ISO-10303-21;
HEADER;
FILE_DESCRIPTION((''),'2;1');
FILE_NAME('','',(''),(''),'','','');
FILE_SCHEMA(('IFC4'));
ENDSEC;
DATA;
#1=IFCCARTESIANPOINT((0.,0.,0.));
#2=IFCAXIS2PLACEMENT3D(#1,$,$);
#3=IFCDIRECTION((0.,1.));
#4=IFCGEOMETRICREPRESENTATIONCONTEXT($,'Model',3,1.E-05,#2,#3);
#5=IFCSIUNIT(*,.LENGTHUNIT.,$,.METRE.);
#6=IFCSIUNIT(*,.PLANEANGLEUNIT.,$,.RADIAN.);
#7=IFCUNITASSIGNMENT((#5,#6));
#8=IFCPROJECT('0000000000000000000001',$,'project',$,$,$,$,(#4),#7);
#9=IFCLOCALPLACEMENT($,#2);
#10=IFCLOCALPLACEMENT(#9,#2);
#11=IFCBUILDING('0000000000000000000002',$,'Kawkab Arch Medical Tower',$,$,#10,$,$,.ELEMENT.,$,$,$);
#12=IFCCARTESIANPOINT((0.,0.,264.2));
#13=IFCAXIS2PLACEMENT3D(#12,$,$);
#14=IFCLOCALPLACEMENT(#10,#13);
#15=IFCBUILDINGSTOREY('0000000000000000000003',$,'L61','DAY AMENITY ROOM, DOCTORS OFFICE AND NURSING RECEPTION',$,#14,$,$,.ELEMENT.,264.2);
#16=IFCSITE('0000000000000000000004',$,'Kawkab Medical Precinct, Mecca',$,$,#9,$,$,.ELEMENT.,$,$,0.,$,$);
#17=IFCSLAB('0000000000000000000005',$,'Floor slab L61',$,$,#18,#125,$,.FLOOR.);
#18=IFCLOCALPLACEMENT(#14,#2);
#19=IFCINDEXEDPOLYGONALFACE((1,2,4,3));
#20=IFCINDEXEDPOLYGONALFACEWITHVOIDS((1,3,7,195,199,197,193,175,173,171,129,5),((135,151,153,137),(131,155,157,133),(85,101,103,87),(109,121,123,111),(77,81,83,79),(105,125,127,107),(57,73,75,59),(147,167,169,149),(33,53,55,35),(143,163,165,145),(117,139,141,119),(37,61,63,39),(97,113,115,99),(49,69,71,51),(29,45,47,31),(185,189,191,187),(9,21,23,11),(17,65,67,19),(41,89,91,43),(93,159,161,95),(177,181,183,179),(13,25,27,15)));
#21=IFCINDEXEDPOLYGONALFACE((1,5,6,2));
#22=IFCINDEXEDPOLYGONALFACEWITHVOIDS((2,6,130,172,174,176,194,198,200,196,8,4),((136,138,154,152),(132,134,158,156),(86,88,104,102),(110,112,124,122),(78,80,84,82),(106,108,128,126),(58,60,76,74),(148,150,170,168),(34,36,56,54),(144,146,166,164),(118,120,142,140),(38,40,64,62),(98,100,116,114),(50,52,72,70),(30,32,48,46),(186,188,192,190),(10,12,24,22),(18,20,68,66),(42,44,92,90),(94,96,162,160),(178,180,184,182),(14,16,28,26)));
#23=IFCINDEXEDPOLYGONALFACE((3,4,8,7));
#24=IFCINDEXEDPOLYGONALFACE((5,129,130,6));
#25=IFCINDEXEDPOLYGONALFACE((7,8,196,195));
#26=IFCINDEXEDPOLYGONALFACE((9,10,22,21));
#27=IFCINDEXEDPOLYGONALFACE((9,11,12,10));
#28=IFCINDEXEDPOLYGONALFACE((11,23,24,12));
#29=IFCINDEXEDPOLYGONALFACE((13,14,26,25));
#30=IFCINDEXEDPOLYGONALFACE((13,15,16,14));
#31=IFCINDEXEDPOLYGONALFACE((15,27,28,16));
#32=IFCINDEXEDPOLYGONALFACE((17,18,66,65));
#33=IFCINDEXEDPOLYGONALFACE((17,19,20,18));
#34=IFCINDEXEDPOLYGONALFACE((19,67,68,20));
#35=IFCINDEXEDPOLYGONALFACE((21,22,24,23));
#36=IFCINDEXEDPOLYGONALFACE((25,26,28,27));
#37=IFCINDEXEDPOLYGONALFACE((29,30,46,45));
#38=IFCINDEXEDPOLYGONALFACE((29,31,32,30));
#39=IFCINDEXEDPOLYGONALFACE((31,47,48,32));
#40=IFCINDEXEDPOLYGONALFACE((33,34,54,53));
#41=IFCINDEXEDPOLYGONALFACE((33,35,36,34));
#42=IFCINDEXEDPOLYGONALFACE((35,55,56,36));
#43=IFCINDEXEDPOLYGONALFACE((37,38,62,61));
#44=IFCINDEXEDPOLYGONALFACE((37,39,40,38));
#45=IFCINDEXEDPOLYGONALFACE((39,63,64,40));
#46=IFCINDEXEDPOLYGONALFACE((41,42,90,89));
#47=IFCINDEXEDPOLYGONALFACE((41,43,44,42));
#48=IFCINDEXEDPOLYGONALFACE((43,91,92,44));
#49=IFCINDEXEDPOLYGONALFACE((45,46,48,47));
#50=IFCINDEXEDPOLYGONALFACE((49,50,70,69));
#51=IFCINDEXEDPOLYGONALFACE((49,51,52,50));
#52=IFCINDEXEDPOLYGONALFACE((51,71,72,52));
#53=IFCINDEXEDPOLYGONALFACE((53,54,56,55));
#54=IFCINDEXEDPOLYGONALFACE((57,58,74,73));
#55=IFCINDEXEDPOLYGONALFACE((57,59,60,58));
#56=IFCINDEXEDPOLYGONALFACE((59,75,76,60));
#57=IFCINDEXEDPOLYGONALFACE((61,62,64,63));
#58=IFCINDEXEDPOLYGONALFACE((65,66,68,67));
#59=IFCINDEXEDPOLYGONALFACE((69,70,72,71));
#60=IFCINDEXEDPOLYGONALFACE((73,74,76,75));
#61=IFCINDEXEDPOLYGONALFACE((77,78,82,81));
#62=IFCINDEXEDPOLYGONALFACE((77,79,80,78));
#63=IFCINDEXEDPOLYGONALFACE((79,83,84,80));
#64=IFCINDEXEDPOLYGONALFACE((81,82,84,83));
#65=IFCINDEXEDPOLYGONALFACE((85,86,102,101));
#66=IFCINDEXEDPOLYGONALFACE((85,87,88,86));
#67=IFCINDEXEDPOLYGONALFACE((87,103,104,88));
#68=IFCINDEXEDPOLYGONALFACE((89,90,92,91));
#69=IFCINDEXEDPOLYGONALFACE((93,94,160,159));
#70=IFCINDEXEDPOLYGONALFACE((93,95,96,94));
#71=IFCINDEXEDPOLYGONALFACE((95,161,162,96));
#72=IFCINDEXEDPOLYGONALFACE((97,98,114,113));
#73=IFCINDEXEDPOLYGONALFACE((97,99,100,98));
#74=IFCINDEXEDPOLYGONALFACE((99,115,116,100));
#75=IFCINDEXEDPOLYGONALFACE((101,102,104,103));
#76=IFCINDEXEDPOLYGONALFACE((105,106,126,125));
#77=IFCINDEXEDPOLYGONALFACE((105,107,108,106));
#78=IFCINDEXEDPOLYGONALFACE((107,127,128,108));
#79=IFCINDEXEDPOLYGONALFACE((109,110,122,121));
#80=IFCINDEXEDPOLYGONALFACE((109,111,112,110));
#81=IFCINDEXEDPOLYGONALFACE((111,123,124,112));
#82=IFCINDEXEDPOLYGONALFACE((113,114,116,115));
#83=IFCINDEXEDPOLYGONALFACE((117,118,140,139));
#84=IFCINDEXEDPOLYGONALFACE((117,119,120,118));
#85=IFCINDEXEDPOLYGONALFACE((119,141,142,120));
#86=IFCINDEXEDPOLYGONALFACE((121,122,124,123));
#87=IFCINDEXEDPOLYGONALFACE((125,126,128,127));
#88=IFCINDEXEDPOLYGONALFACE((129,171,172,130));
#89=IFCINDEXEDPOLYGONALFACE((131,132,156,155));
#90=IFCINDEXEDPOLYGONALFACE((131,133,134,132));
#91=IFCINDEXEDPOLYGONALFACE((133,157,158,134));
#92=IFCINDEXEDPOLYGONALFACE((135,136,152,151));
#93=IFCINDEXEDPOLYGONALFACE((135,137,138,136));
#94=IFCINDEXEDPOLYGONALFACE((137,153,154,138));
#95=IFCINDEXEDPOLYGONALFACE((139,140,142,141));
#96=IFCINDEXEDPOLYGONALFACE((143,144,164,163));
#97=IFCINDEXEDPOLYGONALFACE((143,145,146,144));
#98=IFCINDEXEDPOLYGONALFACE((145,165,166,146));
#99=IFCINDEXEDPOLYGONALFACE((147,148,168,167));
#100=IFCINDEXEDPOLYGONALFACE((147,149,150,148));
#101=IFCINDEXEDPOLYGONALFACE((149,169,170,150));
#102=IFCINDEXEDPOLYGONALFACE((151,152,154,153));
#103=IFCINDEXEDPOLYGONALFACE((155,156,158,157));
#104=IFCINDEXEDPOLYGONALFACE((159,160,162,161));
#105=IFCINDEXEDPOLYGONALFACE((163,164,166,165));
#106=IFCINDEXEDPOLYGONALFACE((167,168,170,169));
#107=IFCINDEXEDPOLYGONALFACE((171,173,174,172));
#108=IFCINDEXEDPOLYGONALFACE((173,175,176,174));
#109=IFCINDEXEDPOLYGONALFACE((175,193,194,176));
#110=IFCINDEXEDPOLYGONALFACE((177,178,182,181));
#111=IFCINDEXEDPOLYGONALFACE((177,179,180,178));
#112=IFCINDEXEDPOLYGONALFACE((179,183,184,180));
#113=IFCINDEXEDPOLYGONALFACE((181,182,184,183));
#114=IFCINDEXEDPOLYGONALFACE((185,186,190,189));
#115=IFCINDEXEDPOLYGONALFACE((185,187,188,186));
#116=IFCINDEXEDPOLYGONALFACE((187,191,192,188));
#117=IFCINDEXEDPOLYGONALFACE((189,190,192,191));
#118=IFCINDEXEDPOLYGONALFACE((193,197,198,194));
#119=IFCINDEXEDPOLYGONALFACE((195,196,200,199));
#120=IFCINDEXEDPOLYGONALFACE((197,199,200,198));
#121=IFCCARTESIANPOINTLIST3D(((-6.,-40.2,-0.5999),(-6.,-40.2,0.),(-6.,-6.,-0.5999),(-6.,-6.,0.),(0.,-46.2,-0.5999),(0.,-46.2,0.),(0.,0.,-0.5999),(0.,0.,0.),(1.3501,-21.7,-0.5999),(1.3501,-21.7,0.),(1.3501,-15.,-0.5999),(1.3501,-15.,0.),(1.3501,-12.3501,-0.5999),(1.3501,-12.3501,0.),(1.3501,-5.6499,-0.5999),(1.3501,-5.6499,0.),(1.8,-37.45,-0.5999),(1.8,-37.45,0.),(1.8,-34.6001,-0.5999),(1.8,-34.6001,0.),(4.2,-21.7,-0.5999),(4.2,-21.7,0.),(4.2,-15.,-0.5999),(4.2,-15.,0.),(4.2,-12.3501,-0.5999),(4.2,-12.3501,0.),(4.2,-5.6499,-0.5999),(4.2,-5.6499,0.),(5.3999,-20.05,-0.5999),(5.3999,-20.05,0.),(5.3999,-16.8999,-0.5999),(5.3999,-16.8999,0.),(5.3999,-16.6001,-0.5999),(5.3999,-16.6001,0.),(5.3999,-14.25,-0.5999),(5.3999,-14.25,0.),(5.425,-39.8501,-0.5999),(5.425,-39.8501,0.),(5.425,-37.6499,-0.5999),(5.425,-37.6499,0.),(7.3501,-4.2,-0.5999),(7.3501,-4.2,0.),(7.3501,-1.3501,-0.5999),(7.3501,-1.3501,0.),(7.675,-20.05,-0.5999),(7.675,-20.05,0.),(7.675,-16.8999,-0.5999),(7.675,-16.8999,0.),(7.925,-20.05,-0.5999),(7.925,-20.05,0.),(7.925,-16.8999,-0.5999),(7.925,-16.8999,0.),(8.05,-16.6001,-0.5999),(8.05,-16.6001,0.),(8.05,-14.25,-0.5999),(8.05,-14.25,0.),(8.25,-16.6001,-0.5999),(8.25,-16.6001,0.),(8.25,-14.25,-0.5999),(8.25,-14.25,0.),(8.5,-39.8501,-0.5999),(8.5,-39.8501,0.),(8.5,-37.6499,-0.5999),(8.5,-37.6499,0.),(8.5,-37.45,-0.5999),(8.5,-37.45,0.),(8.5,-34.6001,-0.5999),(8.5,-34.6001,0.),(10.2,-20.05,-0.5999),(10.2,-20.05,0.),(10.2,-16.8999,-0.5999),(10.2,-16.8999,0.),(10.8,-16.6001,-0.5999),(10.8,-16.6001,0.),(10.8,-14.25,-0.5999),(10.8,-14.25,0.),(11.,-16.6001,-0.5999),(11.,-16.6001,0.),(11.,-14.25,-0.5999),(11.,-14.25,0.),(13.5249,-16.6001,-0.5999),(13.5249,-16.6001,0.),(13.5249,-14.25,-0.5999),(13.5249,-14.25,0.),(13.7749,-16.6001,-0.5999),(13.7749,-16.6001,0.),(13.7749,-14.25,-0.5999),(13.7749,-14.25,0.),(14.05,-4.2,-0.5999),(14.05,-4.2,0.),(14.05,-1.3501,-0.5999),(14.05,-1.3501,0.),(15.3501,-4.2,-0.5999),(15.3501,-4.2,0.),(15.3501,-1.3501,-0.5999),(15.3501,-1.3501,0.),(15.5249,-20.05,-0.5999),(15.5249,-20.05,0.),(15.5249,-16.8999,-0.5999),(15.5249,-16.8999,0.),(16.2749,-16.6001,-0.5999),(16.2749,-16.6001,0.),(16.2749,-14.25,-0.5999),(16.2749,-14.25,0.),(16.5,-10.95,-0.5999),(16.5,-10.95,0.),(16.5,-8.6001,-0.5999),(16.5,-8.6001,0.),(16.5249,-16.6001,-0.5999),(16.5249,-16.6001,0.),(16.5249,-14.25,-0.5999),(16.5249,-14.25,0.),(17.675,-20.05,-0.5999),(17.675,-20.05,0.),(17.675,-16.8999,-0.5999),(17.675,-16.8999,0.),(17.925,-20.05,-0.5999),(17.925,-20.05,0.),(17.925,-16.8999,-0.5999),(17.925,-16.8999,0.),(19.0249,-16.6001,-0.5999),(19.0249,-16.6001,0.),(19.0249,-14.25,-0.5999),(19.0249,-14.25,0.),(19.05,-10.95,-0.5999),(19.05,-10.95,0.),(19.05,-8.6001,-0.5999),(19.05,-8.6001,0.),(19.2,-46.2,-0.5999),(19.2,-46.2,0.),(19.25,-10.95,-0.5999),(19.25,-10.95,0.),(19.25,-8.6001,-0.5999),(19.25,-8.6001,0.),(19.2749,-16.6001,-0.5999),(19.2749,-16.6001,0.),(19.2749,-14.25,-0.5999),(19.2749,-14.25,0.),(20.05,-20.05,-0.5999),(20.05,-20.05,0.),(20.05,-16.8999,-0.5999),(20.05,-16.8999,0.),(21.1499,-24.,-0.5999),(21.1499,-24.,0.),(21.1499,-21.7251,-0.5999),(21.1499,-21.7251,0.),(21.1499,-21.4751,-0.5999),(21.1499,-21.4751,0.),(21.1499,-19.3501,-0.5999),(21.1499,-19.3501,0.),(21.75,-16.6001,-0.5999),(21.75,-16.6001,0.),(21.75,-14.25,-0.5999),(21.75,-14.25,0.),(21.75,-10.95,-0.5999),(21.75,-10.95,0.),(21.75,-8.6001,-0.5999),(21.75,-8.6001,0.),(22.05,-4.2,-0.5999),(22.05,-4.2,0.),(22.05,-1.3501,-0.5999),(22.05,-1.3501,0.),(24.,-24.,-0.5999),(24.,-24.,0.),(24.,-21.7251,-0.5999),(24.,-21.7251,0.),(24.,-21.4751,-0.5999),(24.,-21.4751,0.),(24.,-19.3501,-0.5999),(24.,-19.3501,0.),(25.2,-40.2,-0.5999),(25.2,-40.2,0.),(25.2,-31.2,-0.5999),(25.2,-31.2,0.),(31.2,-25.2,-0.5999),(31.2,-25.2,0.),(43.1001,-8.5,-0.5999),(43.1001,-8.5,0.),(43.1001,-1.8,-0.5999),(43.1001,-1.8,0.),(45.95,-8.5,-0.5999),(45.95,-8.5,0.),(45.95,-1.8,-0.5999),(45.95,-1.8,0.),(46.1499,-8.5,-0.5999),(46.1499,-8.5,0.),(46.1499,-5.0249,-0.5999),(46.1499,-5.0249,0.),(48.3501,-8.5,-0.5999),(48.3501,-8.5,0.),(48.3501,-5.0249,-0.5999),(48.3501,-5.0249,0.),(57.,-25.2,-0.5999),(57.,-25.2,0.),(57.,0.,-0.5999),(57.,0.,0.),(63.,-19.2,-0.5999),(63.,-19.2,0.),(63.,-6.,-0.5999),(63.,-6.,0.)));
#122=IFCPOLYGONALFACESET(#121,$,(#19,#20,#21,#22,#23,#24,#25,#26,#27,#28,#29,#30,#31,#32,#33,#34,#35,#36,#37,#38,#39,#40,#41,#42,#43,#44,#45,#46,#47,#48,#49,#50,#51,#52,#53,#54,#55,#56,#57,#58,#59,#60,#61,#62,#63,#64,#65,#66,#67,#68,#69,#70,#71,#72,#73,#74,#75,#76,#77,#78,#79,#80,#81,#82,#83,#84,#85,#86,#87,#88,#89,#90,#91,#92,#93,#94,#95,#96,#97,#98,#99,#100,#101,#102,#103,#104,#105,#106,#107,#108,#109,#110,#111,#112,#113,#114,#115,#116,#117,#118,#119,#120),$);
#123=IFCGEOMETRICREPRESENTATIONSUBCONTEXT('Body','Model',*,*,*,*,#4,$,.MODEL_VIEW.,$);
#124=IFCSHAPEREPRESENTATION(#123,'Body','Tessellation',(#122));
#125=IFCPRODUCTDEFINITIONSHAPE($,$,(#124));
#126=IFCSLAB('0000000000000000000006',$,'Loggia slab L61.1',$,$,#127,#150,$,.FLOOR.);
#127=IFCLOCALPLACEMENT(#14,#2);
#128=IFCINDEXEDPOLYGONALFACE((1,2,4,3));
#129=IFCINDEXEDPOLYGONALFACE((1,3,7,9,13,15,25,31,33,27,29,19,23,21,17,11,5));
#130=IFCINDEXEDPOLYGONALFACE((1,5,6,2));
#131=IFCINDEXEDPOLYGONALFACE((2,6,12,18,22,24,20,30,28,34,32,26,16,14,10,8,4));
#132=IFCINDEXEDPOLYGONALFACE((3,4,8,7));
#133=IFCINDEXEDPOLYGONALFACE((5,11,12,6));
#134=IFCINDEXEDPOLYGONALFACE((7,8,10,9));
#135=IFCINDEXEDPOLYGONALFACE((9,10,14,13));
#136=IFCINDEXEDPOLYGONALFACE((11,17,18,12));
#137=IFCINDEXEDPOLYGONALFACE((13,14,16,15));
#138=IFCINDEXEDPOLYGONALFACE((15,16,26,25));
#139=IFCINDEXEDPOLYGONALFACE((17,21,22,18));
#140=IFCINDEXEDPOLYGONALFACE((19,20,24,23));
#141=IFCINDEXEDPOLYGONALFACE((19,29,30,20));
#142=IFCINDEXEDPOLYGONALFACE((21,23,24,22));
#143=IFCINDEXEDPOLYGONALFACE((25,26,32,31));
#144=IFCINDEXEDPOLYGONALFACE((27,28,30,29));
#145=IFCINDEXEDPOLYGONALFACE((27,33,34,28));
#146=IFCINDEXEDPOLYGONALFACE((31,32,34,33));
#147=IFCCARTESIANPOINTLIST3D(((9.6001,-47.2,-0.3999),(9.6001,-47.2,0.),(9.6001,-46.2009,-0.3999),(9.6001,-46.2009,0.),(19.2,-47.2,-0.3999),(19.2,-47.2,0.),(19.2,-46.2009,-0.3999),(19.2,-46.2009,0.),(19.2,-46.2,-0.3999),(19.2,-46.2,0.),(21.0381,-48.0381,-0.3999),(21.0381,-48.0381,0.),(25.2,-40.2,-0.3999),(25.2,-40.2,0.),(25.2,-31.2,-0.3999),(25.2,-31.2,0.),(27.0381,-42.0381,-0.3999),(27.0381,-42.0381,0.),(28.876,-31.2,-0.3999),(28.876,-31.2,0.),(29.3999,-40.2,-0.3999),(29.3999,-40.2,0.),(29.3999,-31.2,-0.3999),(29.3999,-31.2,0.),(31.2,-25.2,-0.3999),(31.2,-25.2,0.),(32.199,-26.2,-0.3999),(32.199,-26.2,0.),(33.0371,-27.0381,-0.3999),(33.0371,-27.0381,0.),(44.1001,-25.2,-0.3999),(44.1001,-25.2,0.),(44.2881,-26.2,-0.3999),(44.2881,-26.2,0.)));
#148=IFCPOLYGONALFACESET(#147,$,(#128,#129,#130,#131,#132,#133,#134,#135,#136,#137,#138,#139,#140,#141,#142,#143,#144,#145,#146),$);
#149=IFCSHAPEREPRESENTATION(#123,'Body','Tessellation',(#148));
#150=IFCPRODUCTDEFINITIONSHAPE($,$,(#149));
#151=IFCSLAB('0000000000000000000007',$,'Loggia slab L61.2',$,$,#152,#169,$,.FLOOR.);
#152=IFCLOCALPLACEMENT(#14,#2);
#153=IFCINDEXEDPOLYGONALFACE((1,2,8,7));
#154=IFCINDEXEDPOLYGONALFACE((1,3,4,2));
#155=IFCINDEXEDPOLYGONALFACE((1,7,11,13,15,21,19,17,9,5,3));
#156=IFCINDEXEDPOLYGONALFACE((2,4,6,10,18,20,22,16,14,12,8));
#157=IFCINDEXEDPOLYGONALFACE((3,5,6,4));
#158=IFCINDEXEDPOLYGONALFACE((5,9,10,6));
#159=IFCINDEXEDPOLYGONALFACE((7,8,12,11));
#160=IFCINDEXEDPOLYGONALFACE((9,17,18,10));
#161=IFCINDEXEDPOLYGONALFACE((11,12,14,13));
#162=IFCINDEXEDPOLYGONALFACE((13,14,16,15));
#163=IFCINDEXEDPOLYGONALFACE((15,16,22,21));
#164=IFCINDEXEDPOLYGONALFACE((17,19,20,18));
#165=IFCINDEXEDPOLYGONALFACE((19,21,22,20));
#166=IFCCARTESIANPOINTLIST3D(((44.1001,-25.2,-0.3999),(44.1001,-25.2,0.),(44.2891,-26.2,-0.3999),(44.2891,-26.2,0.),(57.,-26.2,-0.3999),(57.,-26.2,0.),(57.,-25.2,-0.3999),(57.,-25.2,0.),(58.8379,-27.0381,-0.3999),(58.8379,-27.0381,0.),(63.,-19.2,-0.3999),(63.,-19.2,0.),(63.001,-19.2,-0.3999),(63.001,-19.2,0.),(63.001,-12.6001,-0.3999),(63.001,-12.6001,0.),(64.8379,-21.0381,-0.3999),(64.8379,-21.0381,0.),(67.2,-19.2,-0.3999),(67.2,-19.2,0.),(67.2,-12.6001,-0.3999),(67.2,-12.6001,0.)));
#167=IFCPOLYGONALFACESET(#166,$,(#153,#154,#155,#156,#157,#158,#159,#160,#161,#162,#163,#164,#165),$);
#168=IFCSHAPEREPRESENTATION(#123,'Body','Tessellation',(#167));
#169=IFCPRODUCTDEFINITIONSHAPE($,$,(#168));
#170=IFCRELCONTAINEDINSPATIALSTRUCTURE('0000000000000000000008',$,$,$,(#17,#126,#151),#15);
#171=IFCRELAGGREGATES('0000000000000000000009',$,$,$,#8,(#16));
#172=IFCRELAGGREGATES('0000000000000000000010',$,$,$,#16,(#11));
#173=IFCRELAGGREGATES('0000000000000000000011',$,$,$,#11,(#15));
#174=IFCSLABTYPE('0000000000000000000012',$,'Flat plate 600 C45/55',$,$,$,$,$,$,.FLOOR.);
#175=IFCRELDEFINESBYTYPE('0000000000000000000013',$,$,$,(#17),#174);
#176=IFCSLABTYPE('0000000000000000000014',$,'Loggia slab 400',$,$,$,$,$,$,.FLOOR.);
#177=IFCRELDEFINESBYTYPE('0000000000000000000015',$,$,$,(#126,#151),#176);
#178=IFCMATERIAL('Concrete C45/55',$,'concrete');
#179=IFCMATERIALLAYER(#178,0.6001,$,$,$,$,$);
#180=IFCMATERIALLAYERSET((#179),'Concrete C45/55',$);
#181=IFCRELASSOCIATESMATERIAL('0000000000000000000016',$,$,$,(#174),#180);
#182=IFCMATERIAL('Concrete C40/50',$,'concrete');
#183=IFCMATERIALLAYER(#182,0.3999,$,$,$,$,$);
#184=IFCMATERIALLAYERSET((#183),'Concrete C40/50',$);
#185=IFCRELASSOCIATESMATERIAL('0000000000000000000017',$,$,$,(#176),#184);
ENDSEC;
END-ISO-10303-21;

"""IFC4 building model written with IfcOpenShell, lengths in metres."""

from ifc_helpers import new_model, si_unit, direction, frame, origin, place, context, subcontext, project, spatial, polyline, outline, extrude, material, layer, layer_set, type_object, element, save


model = new_model("IFC4")

# Units and contexts
model_context = context("Model", 3, precision=1e-05, world=origin(), true_north=direction((0.0, 1.0)))
body_context = subcontext(model_context, "Body", "Model", "MODEL_VIEW")
ifc_project = project(units=[si_unit("LENGTHUNIT", "METRE"), si_unit("PLANEANGLEUNIT", "RADIAN")], contexts=[model_context])

# Site, building, storey
site_placement = place(None, origin())
site = spatial("IfcSite", under=ifc_project, at=site_placement, Name="Kawkab Medical Precinct, Mecca", CompositionType="ELEMENT", RefElevation=0.0)
building_placement = place(site_placement, origin())
building = spatial("IfcBuilding", under=site, at=building_placement, Name="Kawkab Arch Medical Tower", CompositionType="ELEMENT")
storey_placement = place(building_placement, frame((0.0, 0.0, 264.2)))
storey = spatial("IfcBuildingStorey", under=building, at=storey_placement, Name="L61", Description="DAY AMENITY ROOM, DOCTORS OFFICE AND NURSING RECEPTION", CompositionType="ELEMENT", Elevation=264.2)

# Slabs
ifc_material_1 = material(Name="Concrete C45/55", Category="concrete")
ifc_layer_1 = layer(ifc_material_1, 0.6001)
ifc_layer_set_1 = layer_set([ifc_layer_1], Name="Concrete C45/55")
slab_type_1 = type_object("IfcSlabType", Name="Flat plate 600 C45/55", PredefinedType="FLOOR", material=ifc_layer_set_1)
slab_1_placement = place(storey_placement, frame((0.0, 0.0, -0.5999)))
element("IfcSlab", 1, at=slab_1_placement, inside=storey, type_object=slab_type_1, Name="Floor slab L61", PredefinedType="FLOOR", context=body_context, shape_type="SweptSolid", body=[
    extrude(outline(polyline([(0.0, 0.0), (57.0, 0.0), (63.0, -6.0), (63.0, -19.2), (57.0, -25.2), (31.2, -25.2), (25.2, -31.2), (25.2, -40.2), (19.2, -46.2), (0.0, -46.2), (-6.0, -40.2), (-6.0, -6.0), (0.0, 0.0)]), holes=[polyline([(5.425, -37.6499), (5.425, -39.8501), (8.5, -39.8501), (8.5, -37.6499), (5.425, -37.6499)]), polyline([(8.5, -37.45), (8.5, -34.6001), (1.8, -34.6001), (1.8, -37.45), (8.5, -37.45)]), polyline([(5.3999, -20.05), (7.675, -20.05), (7.675, -16.8999), (5.3999, -16.8999), (5.3999, -20.05)]), polyline([(10.2, -20.05), (10.2, -16.8999), (7.925, -16.8999), (7.925, -20.05), (10.2, -20.05)]), polyline([(4.2, -21.7), (4.2, -15.0), (1.3501, -15.0), (1.3501, -21.7), (4.2, -21.7)]), polyline([(5.3999, -16.6001), (8.05, -16.6001), (8.05, -14.25), (5.3999, -14.25), (5.3999, -16.6001)]), polyline([(8.25, -16.6001), (10.8, -16.6001), (10.8, -14.25), (8.25, -14.25), (8.25, -16.6001)]), polyline([(11.0, -14.25), (11.0, -16.6001), (13.5249, -16.6001), (13.5249, -14.25), (11.0, -14.25)]), polyline([(13.7749, -16.6001), (16.2749, -16.6001), (16.2749, -14.25), (13.7749, -14.25), (13.7749, -16.6001)]), polyline([(4.2, -12.3501), (4.2, -5.6499), (1.3501, -5.6499), (1.3501, -12.3501), (4.2, -12.3501)]), polyline([(7.3501, -4.2), (14.05, -4.2), (14.05, -1.3501), (7.3501, -1.3501), (7.3501, -4.2)]), polyline([(24.0, -21.7251), (21.1499, -21.7251), (21.1499, -24.0), (24.0, -24.0), (24.0, -21.7251)]), polyline([(24.0, -19.3501), (21.1499, -19.3501), (21.1499, -21.4751), (24.0, -21.4751), (24.0, -19.3501)]), polyline([(17.675, -20.05), (17.675, -16.8999), (15.5249, -16.8999), (15.5249, -20.05), (17.675, -20.05)]), polyline([(17.925, -20.05), (20.05, -20.05), (20.05, -16.8999), (17.925, -16.8999), (17.925, -20.05)]), polyline([(19.0249, -16.6001), (19.0249, -14.25), (16.5249, -14.25), (16.5249, -16.6001), (19.0249, -16.6001)]), polyline([(21.75, -16.6001), (21.75, -14.25), (19.2749, -14.25), (19.2749, -16.6001), (21.75, -16.6001)]), polyline([(16.5, -8.6001), (16.5, -10.95), (19.05, -10.95), (19.05, -8.6001), (16.5, -8.6001)]), polyline([(19.25, -10.95), (21.75, -10.95), (21.75, -8.6001), (19.25, -8.6001), (19.25, -10.95)]), polyline([(46.1499, -8.5), (48.3501, -8.5), (48.3501, -5.0249), (46.1499, -5.0249), (46.1499, -8.5)]), polyline([(43.1001, -1.8), (43.1001, -8.5), (45.95, -8.5), (45.95, -1.8), (43.1001, -1.8)]), polyline([(22.05, -1.3501), (15.3501, -1.3501), (15.3501, -4.2), (22.05, -4.2), (22.05, -1.3501)])]), origin(), (0.0, 0.0, 1.0), 0.5999),
])
ifc_material_2 = material(Name="Concrete C40/50", Category="concrete")
ifc_layer_2 = layer(ifc_material_2, 0.3999)
ifc_layer_set_2 = layer_set([ifc_layer_2], Name="Concrete C40/50")
slab_type_2 = type_object("IfcSlabType", Name="Loggia slab 400", PredefinedType="FLOOR", material=ifc_layer_set_2)
placement_1 = place(storey_placement, frame((0.0, 0.0, -0.3999)))
element("IfcSlab", 2, at=placement_1, inside=storey, type_object=slab_type_2, Name="Loggia slab L61.1", PredefinedType="FLOOR", context=body_context, shape_type="SweptSolid", body=[
    extrude(outline(polyline([(9.6001, -46.2009), (19.2, -46.2009), (19.2, -46.2), (25.2, -40.2), (25.2, -31.2), (31.2, -25.2), (44.1001, -25.2), (44.2881, -26.2), (32.199, -26.2), (33.0371, -27.0381), (28.876, -31.2), (29.3999, -31.2), (29.3999, -40.2), (27.0381, -42.0381), (21.0381, -48.0381), (19.2, -47.2), (9.6001, -47.2), (9.6001, -46.2009)])), origin(), (0.0, 0.0, 1.0), 0.3999),
])
element("IfcSlab", 3, at=placement_1, inside=storey, type_object=slab_type_2, Name="Loggia slab L61.2", PredefinedType="FLOOR", context=body_context, shape_type="SweptSolid", body=[
    extrude(outline(polyline([(64.8379, -21.0381), (58.8379, -27.0381), (57.0, -26.2), (44.2891, -26.2), (44.1001, -25.2), (57.0, -25.2), (63.0, -19.2), (63.001, -19.2), (63.001, -12.6001), (67.2, -12.6001), (67.2, -19.2), (64.8379, -21.0381)])), origin(), (0.0, 0.0, 1.0), 0.3999),
])

save(model, "model.ifc")
